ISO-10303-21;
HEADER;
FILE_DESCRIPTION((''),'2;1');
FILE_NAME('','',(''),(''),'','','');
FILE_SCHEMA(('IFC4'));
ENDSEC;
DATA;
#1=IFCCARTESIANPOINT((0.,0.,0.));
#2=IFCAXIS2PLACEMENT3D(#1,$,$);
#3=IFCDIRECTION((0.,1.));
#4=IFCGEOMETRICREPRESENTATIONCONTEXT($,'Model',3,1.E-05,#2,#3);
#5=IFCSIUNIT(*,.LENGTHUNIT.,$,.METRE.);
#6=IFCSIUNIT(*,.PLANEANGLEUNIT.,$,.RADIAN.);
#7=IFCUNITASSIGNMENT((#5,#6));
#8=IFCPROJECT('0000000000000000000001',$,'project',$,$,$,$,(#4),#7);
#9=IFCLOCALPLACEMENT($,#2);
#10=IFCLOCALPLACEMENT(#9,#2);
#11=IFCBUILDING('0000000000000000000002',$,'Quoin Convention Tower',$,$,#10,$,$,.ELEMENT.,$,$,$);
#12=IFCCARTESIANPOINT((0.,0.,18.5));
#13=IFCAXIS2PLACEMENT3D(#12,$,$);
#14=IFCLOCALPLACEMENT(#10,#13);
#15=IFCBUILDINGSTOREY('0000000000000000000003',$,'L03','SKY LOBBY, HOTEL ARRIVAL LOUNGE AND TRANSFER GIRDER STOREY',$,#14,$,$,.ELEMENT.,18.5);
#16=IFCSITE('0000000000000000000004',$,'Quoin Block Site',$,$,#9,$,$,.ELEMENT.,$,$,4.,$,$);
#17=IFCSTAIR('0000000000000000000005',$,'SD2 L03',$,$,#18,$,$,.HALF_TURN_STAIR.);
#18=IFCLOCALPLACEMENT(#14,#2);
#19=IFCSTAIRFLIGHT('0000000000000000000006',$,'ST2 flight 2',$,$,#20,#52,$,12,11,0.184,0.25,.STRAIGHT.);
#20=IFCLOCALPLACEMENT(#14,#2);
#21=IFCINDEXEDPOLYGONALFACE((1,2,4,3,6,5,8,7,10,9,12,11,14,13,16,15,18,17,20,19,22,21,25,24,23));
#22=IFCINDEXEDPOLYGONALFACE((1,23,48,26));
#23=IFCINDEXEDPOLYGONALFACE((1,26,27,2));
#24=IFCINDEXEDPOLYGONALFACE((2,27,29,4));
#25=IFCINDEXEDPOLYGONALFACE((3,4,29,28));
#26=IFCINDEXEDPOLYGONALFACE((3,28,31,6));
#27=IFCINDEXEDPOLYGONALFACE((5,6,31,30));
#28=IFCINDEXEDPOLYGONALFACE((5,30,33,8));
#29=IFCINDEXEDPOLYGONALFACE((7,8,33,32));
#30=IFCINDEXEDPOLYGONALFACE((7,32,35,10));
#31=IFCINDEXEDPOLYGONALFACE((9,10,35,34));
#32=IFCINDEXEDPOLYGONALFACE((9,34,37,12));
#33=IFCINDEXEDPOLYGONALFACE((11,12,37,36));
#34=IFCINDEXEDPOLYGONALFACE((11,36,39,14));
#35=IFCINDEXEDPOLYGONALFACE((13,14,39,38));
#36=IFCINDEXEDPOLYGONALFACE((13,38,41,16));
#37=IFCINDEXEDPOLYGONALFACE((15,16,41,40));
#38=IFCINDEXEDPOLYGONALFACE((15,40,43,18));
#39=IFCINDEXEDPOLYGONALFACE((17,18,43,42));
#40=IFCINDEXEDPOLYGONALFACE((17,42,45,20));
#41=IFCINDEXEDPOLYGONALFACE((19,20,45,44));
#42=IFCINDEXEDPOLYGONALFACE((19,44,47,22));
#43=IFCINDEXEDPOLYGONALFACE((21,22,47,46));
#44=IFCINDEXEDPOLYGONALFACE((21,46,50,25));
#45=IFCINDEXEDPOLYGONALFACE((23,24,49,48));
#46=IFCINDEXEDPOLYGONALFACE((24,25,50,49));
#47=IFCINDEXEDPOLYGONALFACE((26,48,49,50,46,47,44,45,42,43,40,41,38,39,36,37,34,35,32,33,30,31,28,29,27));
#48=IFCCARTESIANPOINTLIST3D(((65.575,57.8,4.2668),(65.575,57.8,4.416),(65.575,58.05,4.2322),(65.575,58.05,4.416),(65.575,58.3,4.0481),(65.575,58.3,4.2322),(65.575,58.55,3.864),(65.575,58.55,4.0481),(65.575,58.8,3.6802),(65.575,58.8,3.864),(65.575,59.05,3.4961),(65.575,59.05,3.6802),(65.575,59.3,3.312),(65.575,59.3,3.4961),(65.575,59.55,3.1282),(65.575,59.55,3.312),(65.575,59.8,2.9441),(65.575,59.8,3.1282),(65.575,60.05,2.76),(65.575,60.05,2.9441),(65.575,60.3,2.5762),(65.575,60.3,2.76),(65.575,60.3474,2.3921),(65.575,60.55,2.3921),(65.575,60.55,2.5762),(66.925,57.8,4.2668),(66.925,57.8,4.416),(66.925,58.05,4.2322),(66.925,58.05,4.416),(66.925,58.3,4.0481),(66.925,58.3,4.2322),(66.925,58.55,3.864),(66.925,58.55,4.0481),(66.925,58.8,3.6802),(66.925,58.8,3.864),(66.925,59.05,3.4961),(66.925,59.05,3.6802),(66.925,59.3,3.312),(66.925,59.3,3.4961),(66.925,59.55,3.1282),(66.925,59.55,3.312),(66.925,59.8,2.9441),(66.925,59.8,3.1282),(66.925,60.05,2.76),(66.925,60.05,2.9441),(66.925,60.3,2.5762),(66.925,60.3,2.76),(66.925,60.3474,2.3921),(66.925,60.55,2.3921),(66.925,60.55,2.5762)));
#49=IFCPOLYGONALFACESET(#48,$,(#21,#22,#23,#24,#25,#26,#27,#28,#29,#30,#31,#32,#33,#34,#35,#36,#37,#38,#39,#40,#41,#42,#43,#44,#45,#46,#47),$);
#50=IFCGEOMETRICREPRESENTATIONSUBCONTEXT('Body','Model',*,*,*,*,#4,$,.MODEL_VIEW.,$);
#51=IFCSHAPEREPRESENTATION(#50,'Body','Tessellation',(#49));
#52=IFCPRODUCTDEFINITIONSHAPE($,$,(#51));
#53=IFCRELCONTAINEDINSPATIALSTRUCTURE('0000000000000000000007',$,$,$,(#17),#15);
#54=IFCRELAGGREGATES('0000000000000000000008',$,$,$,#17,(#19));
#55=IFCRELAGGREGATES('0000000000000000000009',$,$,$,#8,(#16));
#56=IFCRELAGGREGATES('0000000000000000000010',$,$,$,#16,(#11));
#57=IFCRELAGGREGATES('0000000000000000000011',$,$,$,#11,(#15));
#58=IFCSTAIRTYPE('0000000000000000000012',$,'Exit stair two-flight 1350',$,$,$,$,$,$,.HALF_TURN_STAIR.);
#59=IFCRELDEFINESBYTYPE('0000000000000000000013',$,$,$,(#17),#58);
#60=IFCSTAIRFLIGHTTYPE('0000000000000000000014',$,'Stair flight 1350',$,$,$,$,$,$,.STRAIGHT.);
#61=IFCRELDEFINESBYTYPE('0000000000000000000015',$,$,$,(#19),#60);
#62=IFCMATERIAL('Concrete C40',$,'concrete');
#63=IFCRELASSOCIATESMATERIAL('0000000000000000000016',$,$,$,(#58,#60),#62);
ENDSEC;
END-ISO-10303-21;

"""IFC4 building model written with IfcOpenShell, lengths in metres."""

from ifc_helpers import new_model, si_unit, direction, frame, origin, place, context, subcontext, project, spatial, polyline, outline, extrude, material, type_object, element, aggregate, save


model = new_model("IFC4")

# Units and contexts
model_context = context("Model", 3, precision=1e-05, world=origin(), true_north=direction((0.0, 1.0)))
body_context = subcontext(model_context, "Body", "Model", "MODEL_VIEW")
ifc_project = project(units=[si_unit("LENGTHUNIT", "METRE"), si_unit("PLANEANGLEUNIT", "RADIAN")], contexts=[model_context])

# Site, building, storey
site_placement = place(None, origin())
site = spatial("IfcSite", under=ifc_project, at=site_placement, Name="Quoin Block Site", CompositionType="ELEMENT", RefElevation=4.0)
building_placement = place(site_placement, origin())
building = spatial("IfcBuilding", under=site, at=building_placement, Name="Quoin Convention Tower", CompositionType="ELEMENT")
storey_placement = place(building_placement, frame((0.0, 0.0, 18.5)))
storey = spatial("IfcBuildingStorey", under=building, at=storey_placement, Name="L03", Description="SKY LOBBY, HOTEL ARRIVAL LOUNGE AND TRANSFER GIRDER STOREY", CompositionType="ELEMENT", Elevation=18.5)

# Stair, stair flight
ifc_material_1 = material(Name="Concrete C40", Category="concrete")
stair_type = type_object("IfcStairType", Name="Exit stair two-flight 1350", PredefinedType="HALF_TURN_STAIR", material=ifc_material_1)
stair_placement = place(storey_placement, origin())
stair = element("IfcStair", 1, at=stair_placement, inside=storey, type_object=stair_type, Name="SD2 L03", PredefinedType="HALF_TURN_STAIR")
stair_flight_type = type_object("IfcStairFlightType", Name="Stair flight 1350", PredefinedType="STRAIGHT", material=ifc_material_1)
stair_flight_placement = place(storey_placement, frame((66.25, 60.55, 2.3921), z_axis=(0.0, 0.0, 1.0), x_axis=(0.0, -1.0, 0.0)))
stair_flight = element("IfcStairFlight", 2, at=stair_flight_placement, type_object=stair_flight_type, Name="ST2 flight 2", NumberOfRisers=12, NumberOfTreads=11, PredefinedType="STRAIGHT", RiserHeight=0.184, TreadLength=0.25, context=body_context, shape_type="SweptSolid", body=[
    extrude(outline(polyline([(0.0, 0.0), (0.0, 0.1841), (0.25, 0.1841), (0.25, 0.3679), (0.5, 0.3679), (0.5, 0.552), (0.75, 0.552), (0.75, 0.7361), (1.0, 0.7361), (1.0, 0.9199), (1.25, 0.9199), (1.25, 1.104), (1.5, 1.104), (1.5, 1.2881), (1.75, 1.2881), (1.75, 1.4719), (2.0, 1.4719), (2.0, 1.656), (2.25, 1.656), (2.25, 1.8401), (2.5, 1.8401), (2.5, 2.0239), (2.75, 2.0239), (2.75, 2.208), (2.75, 1.8748), (0.2026, 0.0), (0.0, 0.0)])), frame((0.0, 0.675, 0.0), z_axis=(0.0, -1.0, 0.0), x_axis=(1.0, 0.0, 0.0)), (0.0, 0.0, 1.0), 1.3501),
])
aggregate(stair, [stair_flight])

save(model, "model.ifc")
